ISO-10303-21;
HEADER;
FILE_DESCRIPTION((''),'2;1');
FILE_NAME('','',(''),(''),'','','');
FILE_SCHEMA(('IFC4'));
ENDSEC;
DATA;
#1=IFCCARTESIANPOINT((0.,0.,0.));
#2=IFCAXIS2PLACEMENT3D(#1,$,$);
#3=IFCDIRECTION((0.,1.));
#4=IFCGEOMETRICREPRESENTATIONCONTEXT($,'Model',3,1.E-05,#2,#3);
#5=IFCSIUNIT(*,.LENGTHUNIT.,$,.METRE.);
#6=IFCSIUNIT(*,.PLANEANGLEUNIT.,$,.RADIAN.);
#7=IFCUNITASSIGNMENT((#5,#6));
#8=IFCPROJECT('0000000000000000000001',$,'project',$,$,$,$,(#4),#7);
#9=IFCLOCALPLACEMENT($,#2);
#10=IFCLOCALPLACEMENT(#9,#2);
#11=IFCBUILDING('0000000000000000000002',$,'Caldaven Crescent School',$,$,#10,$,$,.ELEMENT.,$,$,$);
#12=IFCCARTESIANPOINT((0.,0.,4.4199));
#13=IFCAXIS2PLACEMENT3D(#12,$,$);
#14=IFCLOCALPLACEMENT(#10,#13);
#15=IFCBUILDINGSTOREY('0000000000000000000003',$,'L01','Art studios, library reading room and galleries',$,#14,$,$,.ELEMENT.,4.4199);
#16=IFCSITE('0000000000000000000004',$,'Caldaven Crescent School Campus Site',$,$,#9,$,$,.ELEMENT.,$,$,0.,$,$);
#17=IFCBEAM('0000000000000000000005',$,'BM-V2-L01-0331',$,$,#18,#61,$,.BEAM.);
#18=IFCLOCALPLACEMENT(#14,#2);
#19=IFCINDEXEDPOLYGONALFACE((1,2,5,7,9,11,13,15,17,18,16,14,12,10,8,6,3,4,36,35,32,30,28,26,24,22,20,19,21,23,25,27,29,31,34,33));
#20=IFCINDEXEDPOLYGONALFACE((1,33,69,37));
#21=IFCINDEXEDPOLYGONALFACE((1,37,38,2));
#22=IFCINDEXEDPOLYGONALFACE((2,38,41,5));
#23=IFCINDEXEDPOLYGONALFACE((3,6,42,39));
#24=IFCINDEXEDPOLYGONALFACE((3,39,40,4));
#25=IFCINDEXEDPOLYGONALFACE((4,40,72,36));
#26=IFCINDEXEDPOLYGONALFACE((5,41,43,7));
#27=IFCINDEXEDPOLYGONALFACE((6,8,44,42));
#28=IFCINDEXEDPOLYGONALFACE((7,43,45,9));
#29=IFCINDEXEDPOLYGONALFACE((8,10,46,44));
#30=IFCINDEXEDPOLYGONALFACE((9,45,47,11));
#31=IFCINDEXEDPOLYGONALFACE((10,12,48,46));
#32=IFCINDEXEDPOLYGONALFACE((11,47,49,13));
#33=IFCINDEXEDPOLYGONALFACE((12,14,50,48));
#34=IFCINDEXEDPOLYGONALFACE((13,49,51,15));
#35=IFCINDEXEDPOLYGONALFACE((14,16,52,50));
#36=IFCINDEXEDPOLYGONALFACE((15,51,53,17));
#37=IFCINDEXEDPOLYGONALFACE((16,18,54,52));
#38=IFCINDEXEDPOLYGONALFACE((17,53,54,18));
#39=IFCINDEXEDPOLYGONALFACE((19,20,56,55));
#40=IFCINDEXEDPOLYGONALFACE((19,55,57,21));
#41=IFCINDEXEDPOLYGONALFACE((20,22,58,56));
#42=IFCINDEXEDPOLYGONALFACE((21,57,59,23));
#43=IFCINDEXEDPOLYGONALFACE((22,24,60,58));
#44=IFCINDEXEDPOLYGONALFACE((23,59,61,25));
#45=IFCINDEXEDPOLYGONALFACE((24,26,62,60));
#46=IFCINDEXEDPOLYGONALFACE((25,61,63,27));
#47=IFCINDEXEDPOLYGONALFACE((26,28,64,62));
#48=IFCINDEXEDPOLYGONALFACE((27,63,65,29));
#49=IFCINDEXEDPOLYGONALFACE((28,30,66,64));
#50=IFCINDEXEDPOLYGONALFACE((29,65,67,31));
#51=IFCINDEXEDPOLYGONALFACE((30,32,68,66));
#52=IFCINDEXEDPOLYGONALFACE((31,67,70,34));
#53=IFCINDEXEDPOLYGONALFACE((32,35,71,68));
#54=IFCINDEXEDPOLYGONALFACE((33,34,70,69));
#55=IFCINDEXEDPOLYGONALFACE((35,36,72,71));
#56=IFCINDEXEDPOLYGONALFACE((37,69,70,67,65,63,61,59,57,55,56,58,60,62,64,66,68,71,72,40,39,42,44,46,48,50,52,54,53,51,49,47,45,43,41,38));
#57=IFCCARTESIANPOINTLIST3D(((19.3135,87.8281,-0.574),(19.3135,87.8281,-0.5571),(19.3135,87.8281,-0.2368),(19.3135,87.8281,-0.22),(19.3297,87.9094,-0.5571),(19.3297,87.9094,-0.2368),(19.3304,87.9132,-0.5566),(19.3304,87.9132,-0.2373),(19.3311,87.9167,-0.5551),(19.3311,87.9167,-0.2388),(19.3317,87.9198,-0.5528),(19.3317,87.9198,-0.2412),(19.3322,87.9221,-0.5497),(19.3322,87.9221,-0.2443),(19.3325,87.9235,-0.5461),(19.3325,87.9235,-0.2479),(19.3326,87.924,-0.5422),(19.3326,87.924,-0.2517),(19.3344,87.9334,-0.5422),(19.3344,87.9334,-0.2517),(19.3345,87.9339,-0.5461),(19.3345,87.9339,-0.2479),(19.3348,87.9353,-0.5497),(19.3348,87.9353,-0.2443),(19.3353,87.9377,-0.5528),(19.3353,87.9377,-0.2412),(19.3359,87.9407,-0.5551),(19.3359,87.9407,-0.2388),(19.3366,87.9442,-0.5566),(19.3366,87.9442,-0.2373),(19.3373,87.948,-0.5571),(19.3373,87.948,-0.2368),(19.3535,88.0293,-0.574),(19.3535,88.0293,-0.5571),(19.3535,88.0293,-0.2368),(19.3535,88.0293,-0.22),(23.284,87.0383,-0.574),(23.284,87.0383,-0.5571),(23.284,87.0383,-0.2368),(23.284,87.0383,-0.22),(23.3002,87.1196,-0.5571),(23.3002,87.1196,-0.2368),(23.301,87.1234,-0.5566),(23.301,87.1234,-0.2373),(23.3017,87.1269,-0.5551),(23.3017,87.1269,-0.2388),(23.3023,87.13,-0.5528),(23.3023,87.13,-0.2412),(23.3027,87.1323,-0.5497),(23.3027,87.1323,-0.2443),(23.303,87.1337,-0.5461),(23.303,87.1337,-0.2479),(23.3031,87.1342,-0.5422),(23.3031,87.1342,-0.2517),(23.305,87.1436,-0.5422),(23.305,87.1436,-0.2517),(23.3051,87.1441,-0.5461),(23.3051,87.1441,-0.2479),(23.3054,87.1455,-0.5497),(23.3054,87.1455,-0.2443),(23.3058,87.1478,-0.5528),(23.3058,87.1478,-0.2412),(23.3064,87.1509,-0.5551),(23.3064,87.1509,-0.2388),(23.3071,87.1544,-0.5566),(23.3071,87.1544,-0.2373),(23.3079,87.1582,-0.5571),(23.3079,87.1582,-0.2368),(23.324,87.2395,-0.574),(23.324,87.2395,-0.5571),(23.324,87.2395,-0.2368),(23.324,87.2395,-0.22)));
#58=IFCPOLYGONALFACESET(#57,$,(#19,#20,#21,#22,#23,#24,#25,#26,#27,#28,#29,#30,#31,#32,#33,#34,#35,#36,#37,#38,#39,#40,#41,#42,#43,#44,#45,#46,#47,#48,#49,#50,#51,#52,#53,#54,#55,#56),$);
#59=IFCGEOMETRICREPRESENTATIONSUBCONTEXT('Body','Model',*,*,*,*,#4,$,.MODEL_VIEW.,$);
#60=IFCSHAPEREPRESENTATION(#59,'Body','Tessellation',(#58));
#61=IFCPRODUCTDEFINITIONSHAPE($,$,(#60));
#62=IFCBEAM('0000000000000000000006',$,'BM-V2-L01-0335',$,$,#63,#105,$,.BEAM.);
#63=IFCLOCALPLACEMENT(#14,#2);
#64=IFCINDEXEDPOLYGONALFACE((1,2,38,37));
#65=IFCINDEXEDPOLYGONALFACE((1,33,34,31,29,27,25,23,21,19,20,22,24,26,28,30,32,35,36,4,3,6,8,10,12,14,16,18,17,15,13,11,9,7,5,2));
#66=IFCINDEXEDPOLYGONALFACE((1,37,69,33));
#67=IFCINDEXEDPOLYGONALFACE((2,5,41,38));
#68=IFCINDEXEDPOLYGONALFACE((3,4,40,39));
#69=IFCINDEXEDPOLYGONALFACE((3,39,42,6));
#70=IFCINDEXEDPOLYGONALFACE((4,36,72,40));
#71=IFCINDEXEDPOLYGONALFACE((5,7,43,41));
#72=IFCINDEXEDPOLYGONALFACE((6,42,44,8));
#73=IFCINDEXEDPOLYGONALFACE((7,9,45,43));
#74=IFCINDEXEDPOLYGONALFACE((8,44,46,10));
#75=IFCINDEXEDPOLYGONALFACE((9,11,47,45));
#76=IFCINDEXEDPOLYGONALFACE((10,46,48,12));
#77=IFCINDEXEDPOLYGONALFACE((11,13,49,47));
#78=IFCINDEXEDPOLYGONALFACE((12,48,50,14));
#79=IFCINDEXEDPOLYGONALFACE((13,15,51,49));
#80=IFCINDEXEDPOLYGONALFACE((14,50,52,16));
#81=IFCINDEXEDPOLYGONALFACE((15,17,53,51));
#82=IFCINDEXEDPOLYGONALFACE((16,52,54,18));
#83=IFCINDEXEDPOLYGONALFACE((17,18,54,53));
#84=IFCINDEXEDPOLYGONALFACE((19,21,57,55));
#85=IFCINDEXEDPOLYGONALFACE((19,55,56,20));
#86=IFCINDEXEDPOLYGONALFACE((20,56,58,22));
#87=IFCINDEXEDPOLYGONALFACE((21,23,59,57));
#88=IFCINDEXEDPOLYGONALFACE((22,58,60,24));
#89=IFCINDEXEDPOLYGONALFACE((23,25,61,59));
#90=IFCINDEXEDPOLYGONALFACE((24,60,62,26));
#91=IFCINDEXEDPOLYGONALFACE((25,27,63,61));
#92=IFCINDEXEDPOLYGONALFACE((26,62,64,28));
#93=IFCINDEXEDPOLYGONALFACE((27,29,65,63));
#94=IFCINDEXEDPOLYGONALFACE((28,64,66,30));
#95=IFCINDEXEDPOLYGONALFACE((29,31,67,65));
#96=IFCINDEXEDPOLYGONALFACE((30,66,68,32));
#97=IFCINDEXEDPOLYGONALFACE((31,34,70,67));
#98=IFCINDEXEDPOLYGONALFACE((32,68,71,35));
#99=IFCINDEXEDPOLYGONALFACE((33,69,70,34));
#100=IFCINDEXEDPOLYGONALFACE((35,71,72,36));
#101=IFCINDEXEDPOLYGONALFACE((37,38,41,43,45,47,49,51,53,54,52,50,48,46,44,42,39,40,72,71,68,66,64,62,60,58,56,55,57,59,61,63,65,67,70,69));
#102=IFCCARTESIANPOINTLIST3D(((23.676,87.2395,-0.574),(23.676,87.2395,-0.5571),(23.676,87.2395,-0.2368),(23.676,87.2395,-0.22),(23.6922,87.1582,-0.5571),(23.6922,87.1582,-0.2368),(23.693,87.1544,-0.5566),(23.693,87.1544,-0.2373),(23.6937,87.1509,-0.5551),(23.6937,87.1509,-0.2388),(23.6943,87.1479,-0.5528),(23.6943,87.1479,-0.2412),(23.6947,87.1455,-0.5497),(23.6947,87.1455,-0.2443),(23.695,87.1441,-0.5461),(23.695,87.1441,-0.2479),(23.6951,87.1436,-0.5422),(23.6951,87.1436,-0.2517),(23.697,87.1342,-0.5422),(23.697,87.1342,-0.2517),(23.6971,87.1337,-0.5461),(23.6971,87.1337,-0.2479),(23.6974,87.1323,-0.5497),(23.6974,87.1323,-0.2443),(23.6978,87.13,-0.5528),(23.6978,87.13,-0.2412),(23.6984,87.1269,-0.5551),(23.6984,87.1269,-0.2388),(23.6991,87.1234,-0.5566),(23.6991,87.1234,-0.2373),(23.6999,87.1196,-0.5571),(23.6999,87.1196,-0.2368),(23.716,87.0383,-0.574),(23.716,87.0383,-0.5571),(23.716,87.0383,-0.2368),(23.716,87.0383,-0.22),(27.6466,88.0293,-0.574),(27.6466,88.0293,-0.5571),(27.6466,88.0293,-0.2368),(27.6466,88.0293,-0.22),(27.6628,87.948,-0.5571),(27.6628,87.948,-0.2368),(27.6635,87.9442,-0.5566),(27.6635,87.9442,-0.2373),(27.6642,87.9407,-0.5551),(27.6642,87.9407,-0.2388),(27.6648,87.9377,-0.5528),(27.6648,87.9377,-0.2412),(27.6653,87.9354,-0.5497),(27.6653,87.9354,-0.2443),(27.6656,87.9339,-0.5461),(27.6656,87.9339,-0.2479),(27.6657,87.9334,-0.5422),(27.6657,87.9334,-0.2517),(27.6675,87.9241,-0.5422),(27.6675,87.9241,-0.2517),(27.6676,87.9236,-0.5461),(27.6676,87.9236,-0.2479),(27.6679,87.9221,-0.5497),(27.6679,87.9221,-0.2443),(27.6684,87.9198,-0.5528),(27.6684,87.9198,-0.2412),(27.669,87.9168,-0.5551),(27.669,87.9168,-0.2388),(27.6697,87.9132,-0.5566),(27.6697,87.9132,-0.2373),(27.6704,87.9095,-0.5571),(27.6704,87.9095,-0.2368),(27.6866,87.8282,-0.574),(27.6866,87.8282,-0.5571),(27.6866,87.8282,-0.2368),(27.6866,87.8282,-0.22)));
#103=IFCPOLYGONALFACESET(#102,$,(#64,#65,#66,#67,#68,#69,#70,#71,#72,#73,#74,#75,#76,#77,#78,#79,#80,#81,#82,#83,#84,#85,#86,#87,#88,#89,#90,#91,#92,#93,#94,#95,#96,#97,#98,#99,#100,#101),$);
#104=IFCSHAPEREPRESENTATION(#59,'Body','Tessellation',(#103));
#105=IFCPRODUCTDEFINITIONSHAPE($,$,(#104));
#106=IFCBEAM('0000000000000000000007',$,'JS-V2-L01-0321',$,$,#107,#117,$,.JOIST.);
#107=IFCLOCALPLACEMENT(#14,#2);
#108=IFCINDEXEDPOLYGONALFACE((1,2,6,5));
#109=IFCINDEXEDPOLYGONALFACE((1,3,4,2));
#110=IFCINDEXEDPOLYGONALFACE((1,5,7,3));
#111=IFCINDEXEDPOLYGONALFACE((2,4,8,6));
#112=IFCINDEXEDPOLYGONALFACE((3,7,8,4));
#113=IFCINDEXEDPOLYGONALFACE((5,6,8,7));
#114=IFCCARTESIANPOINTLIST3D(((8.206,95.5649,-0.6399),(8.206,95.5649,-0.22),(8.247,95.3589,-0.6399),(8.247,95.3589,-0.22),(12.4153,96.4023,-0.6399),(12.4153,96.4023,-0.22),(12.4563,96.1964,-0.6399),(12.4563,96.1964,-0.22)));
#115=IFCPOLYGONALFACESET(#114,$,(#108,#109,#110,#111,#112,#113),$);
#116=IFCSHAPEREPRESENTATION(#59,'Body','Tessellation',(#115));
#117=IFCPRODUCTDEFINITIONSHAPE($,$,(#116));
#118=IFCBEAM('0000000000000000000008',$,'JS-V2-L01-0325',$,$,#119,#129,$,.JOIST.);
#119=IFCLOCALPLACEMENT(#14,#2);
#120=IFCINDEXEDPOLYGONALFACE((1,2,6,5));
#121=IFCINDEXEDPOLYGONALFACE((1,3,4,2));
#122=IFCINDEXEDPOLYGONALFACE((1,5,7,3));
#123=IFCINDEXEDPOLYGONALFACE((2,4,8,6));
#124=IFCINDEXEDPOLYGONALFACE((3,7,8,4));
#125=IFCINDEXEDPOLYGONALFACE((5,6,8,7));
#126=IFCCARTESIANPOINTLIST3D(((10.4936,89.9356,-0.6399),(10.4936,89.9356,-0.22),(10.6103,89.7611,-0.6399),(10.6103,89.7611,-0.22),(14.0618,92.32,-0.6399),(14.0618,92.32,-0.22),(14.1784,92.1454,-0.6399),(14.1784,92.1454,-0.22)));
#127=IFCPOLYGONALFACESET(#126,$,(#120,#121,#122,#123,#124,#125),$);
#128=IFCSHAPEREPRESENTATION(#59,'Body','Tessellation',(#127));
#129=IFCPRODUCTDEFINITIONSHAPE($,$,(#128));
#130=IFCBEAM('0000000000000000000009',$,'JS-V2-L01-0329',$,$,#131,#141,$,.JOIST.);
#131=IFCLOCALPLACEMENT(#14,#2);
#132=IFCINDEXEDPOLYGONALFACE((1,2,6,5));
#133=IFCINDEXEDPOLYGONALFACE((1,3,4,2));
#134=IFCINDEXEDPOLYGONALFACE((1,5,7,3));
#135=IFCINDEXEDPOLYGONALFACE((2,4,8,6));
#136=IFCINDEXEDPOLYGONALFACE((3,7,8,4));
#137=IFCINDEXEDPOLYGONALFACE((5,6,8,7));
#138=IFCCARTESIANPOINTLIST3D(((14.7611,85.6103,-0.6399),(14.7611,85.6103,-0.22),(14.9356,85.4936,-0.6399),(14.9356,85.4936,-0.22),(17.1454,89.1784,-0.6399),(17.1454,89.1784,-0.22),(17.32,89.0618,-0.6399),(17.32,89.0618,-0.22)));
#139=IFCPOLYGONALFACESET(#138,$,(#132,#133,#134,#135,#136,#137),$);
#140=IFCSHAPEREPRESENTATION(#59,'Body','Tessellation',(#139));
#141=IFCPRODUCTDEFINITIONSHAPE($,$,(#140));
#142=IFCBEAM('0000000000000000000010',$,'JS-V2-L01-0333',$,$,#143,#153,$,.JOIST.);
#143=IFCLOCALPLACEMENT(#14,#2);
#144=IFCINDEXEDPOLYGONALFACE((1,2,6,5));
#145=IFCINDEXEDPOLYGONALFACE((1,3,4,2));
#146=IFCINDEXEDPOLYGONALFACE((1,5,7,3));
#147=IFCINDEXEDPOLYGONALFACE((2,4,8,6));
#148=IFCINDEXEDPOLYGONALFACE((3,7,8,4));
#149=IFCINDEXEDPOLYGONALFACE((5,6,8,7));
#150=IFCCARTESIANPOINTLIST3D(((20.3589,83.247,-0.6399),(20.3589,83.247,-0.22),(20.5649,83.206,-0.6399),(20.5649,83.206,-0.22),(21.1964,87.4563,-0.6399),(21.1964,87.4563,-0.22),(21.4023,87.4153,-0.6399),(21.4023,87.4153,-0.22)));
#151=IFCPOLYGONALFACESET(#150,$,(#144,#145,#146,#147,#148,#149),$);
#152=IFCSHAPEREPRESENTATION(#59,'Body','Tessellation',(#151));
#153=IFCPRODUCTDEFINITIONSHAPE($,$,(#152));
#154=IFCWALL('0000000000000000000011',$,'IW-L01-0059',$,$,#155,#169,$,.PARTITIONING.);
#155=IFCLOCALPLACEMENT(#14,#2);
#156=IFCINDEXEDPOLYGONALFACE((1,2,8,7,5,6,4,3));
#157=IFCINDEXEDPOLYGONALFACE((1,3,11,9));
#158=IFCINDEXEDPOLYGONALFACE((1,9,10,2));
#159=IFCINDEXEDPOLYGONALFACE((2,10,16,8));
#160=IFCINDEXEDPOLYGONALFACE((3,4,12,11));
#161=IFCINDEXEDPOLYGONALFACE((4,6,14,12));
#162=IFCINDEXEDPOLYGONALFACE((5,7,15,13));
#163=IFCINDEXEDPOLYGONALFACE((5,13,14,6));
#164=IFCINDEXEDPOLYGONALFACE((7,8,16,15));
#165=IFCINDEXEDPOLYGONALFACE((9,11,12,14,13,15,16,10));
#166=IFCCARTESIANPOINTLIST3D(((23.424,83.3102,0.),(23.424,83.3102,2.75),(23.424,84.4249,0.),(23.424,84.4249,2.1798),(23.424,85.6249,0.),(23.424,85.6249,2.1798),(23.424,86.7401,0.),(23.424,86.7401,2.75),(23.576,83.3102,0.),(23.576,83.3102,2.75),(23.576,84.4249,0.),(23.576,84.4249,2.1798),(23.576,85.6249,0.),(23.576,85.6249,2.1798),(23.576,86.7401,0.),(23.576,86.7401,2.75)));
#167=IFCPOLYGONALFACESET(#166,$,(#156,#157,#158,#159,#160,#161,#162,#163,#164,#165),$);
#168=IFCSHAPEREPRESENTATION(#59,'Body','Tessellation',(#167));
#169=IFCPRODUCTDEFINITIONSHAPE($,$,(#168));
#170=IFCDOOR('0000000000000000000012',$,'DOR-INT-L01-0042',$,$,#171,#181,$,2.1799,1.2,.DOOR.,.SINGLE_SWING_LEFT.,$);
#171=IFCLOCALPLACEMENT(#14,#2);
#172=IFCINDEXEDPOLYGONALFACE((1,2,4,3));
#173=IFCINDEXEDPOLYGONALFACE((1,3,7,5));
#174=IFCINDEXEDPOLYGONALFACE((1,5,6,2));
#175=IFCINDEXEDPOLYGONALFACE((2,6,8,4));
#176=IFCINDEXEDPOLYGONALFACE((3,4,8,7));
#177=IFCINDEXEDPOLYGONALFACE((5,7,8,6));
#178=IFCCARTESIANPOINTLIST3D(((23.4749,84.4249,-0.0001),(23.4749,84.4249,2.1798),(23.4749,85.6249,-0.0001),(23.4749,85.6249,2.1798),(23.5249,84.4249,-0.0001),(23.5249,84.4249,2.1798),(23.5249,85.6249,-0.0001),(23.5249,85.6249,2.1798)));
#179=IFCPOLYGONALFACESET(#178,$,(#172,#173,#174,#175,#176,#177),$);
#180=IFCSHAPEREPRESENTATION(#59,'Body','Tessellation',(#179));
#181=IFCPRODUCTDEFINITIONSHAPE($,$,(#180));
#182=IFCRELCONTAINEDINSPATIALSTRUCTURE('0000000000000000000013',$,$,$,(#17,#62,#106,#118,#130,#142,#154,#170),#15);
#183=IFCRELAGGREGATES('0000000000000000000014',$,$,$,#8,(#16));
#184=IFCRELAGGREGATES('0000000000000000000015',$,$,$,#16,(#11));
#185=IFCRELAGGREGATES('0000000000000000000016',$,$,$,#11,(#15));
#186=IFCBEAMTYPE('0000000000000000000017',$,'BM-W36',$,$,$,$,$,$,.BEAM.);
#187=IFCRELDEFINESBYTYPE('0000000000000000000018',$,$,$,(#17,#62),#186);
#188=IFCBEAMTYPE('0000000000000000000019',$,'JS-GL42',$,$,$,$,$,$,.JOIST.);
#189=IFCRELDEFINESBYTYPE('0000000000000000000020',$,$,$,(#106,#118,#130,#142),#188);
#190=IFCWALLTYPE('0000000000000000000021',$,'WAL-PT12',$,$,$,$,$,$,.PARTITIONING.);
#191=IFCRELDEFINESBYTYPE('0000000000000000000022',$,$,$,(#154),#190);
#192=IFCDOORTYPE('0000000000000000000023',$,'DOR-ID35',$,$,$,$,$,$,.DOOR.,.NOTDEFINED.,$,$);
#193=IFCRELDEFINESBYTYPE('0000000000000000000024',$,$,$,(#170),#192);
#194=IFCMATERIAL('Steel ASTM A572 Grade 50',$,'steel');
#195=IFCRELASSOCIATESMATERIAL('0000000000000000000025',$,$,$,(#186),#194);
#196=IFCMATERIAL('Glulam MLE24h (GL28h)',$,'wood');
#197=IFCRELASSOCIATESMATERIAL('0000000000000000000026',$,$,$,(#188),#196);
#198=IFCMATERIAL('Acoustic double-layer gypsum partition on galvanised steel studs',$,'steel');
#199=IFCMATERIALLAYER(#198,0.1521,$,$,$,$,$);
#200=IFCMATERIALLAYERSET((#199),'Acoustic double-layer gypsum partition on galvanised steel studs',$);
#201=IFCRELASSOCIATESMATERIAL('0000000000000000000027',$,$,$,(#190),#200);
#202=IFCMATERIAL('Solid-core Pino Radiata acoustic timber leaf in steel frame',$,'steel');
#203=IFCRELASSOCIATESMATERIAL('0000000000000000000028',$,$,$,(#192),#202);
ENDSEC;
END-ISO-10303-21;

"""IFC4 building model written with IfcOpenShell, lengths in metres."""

from ifc_helpers import new_model, si_unit, direction, frame, frame_2d, origin, origin_2d, place, context, subcontext, project, spatial, rectangle, i_section, extrude, material, layer, layer_set, material_profile, profile_set, type_object, element, fill, save


model = new_model("IFC4")

# Units and contexts
model_context = context("Model", 3, precision=1e-05, world=origin(), true_north=direction((0.0, 1.0)))
body_context = subcontext(model_context, "Body", "Model", "MODEL_VIEW")
ifc_project = project(units=[si_unit("LENGTHUNIT", "METRE"), si_unit("PLANEANGLEUNIT", "RADIAN")], contexts=[model_context])

# Site, building, storey
site_placement = place(None, origin())
site = spatial("IfcSite", under=ifc_project, at=site_placement, Name="Caldaven Crescent School Campus Site", CompositionType="ELEMENT", RefElevation=0.0)
building_placement = place(site_placement, origin())
building = spatial("IfcBuilding", under=site, at=building_placement, Name="Caldaven Crescent School", CompositionType="ELEMENT")
storey_placement = place(building_placement, frame((0.0, 0.0, 4.4199)))
storey = spatial("IfcBuildingStorey", under=building, at=storey_placement, Name="L01", Description="Art studios, library reading room and galleries", CompositionType="ELEMENT", Elevation=4.4199)

# Shared definitions
ifc_material_1 = material(Name="Glulam MLE24h (GL28h)", Category="wood")

# Beams
ifc_material_2 = material(Name="Steel ASTM A572 Grade 50", Category="steel")
ifc_material_profile_1 = material_profile(ifc_material_2, i_section(OverallWidth=0.2051, OverallDepth=0.354, WebThickness=0.0095, FlangeThickness=0.0168, FilletRadius=0.0149, at=origin_2d()), Name="W360x79")
ifc_profile_set_1 = profile_set([ifc_material_profile_1], Name="Steel ASTM A572 Grade 50")
beam_type_1 = type_object("IfcBeamType", Name="BM-W36", PredefinedType="BEAM", material=ifc_profile_set_1)
for number, where, z_axis, x_axis, name in (
    (1, (19.3335, 87.9287, -0.397), (0.980784, -0.195095, 0.0), (0.195095, 0.980784, 0.0), "BM-V2-L01-0331"),
    (2, (23.696, 87.1389, -0.397), (0.980784, 0.195095, 0.0), (-0.195095, 0.980784, 0.0), "BM-V2-L01-0335"),
):
    element("IfcBeam", number, at=place(storey_placement, frame(where, z_axis=z_axis, x_axis=x_axis)), inside=storey, type_object=beam_type_1, Name=name, PredefinedType="BEAM", context=body_context, shape_type="SweptSolid", body=[
        extrude(i_section(OverallWidth=0.2051, OverallDepth=0.354, WebThickness=0.0095, FlangeThickness=0.0168, FilletRadius=0.0149, at=origin_2d()), origin(), (0.0, 0.0, 1.0), 4.0483),
    ])
ifc_material_profile_2 = material_profile(ifc_material_1, rectangle(XDim=0.21, YDim=0.4199, at=origin_2d()), Name="MLE 210x420")
ifc_profile_set_2 = profile_set([ifc_material_profile_2], Name="Glulam MLE24h (GL28h)")
beam_type_2 = type_object("IfcBeamType", Name="JS-GL42", PredefinedType="JOIST", material=ifc_profile_set_2)
beam_1_placement = place(storey_placement, frame((12.4358, 96.2993, -0.4299), z_axis=(-0.980779, -0.195121, 0.0), x_axis=(0.195121, -0.980779, 0.0)))
element("IfcBeam", 3, at=beam_1_placement, inside=storey, type_object=beam_type_2, Name="JS-V2-L01-0321", PredefinedType="JOIST", context=body_context, shape_type="SweptSolid", body=[
    extrude(rectangle(XDim=0.21, YDim=0.4199, at=origin_2d()), origin(), (0.0, 0.0, 1.0), 4.2917),
])
for number, where, z_axis, x_axis, name in (
    (4, (14.1201, 92.2327, -0.4299), (-0.831455, -0.555593, 0.0), (0.555593, -0.831455, 0.0), "JS-V2-L01-0325"),
    (5, (17.2327, 89.1201, -0.4299), (-0.555593, -0.831455, 0.0), (0.831455, -0.555593, 0.0), "JS-V2-L01-0329"),
):
    element("IfcBeam", number, at=place(storey_placement, frame(where, z_axis=z_axis, x_axis=x_axis)), inside=storey, type_object=beam_type_2, Name=name, PredefinedType="JOIST", context=body_context, shape_type="SweptSolid", body=[
        extrude(rectangle(XDim=0.21, YDim=0.4199, at=origin_2d()), origin(), (0.0, 0.0, 1.0), 4.2915),
    ])
beam_2_placement = place(storey_placement, frame((21.2993, 87.4358, -0.4299), z_axis=(-0.195121, -0.980779, 0.0), x_axis=(0.980779, -0.195121, 0.0)))
element("IfcBeam", 6, at=beam_2_placement, inside=storey, type_object=beam_type_2, Name="JS-V2-L01-0333", PredefinedType="JOIST", context=body_context, shape_type="SweptSolid", body=[
    extrude(rectangle(XDim=0.21, YDim=0.4199, at=origin_2d()), origin(), (0.0, 0.0, 1.0), 4.2917),
])

# Wall, opening, door
ifc_material_3 = material(Name="Acoustic double-layer gypsum partition on galvanised steel studs", Category="steel")
ifc_layer_1 = layer(ifc_material_3, 0.1521)
ifc_layer_set_1 = layer_set([ifc_layer_1], Name="Acoustic double-layer gypsum partition on galvanised steel studs")
wall_type_1 = type_object("IfcWallType", Name="WAL-PT12", PredefinedType="PARTITIONING", material=ifc_layer_set_1)
wall_1_placement = place(storey_placement, frame((23.5, 86.74, 0.0), z_axis=(0.0, 0.0, 1.0), x_axis=(0.0, -1.0, 0.0)))
wall_1 = element("IfcWall", 7, at=wall_1_placement, inside=storey, type_object=wall_type_1, Name="IW-L01-0059", PredefinedType="PARTITIONING", context=body_context, shape_type="SweptSolid", body=[
    extrude(rectangle(XDim=3.4299, YDim=0.1521, at=frame_2d((1.7148, 0.0))), origin(), (0.0, 0.0, 1.0), 2.75),
])
opening_1_placement = place(wall_1_placement, frame((1.115, 0.0, 0.0)))
opening_1 = element("IfcOpeningElement", 8, at=opening_1_placement, cuts=wall_1, PredefinedType="OPENING", context=body_context, shape_type="SweptSolid", body=[
    extrude(rectangle(XDim=1.2, YDim=2.1799, at=frame_2d((0.6001, 1.0898))), frame((0.0, 0.0859, 0.0), z_axis=(0.0, -1.0, 0.0), x_axis=(1.0, 0.0, 0.0)), (0.0, 0.0, 1.0), 0.1721),
])
ifc_material_4 = material(Name="Solid-core Pino Radiata acoustic timber leaf in steel frame", Category="steel")
door_type_1 = type_object("IfcDoorType", Name="DOR-ID35", OperationType="NOTDEFINED", PredefinedType="DOOR", material=ifc_material_4)
door_1_placement = place(opening_1_placement, origin())
door_1 = element("IfcDoor", 9, at=door_1_placement, inside=storey, type_object=door_type_1, Name="DOR-INT-L01-0042", OperationType="SINGLE_SWING_LEFT", OverallHeight=2.1799, OverallWidth=1.2, PredefinedType="DOOR", context=body_context, shape_type="SweptSolid", body=[
    extrude(rectangle(XDim=1.2, YDim=2.1799, at=frame_2d((0.6001, 1.0898))), frame((0.0, 0.0249, 0.0), z_axis=(0.0, -1.0, 0.0), x_axis=(1.0, 0.0, 0.0)), (0.0, 0.0, 1.0), 0.05),
])
fill(opening_1, door_1)

save(model, "model.ifc")
